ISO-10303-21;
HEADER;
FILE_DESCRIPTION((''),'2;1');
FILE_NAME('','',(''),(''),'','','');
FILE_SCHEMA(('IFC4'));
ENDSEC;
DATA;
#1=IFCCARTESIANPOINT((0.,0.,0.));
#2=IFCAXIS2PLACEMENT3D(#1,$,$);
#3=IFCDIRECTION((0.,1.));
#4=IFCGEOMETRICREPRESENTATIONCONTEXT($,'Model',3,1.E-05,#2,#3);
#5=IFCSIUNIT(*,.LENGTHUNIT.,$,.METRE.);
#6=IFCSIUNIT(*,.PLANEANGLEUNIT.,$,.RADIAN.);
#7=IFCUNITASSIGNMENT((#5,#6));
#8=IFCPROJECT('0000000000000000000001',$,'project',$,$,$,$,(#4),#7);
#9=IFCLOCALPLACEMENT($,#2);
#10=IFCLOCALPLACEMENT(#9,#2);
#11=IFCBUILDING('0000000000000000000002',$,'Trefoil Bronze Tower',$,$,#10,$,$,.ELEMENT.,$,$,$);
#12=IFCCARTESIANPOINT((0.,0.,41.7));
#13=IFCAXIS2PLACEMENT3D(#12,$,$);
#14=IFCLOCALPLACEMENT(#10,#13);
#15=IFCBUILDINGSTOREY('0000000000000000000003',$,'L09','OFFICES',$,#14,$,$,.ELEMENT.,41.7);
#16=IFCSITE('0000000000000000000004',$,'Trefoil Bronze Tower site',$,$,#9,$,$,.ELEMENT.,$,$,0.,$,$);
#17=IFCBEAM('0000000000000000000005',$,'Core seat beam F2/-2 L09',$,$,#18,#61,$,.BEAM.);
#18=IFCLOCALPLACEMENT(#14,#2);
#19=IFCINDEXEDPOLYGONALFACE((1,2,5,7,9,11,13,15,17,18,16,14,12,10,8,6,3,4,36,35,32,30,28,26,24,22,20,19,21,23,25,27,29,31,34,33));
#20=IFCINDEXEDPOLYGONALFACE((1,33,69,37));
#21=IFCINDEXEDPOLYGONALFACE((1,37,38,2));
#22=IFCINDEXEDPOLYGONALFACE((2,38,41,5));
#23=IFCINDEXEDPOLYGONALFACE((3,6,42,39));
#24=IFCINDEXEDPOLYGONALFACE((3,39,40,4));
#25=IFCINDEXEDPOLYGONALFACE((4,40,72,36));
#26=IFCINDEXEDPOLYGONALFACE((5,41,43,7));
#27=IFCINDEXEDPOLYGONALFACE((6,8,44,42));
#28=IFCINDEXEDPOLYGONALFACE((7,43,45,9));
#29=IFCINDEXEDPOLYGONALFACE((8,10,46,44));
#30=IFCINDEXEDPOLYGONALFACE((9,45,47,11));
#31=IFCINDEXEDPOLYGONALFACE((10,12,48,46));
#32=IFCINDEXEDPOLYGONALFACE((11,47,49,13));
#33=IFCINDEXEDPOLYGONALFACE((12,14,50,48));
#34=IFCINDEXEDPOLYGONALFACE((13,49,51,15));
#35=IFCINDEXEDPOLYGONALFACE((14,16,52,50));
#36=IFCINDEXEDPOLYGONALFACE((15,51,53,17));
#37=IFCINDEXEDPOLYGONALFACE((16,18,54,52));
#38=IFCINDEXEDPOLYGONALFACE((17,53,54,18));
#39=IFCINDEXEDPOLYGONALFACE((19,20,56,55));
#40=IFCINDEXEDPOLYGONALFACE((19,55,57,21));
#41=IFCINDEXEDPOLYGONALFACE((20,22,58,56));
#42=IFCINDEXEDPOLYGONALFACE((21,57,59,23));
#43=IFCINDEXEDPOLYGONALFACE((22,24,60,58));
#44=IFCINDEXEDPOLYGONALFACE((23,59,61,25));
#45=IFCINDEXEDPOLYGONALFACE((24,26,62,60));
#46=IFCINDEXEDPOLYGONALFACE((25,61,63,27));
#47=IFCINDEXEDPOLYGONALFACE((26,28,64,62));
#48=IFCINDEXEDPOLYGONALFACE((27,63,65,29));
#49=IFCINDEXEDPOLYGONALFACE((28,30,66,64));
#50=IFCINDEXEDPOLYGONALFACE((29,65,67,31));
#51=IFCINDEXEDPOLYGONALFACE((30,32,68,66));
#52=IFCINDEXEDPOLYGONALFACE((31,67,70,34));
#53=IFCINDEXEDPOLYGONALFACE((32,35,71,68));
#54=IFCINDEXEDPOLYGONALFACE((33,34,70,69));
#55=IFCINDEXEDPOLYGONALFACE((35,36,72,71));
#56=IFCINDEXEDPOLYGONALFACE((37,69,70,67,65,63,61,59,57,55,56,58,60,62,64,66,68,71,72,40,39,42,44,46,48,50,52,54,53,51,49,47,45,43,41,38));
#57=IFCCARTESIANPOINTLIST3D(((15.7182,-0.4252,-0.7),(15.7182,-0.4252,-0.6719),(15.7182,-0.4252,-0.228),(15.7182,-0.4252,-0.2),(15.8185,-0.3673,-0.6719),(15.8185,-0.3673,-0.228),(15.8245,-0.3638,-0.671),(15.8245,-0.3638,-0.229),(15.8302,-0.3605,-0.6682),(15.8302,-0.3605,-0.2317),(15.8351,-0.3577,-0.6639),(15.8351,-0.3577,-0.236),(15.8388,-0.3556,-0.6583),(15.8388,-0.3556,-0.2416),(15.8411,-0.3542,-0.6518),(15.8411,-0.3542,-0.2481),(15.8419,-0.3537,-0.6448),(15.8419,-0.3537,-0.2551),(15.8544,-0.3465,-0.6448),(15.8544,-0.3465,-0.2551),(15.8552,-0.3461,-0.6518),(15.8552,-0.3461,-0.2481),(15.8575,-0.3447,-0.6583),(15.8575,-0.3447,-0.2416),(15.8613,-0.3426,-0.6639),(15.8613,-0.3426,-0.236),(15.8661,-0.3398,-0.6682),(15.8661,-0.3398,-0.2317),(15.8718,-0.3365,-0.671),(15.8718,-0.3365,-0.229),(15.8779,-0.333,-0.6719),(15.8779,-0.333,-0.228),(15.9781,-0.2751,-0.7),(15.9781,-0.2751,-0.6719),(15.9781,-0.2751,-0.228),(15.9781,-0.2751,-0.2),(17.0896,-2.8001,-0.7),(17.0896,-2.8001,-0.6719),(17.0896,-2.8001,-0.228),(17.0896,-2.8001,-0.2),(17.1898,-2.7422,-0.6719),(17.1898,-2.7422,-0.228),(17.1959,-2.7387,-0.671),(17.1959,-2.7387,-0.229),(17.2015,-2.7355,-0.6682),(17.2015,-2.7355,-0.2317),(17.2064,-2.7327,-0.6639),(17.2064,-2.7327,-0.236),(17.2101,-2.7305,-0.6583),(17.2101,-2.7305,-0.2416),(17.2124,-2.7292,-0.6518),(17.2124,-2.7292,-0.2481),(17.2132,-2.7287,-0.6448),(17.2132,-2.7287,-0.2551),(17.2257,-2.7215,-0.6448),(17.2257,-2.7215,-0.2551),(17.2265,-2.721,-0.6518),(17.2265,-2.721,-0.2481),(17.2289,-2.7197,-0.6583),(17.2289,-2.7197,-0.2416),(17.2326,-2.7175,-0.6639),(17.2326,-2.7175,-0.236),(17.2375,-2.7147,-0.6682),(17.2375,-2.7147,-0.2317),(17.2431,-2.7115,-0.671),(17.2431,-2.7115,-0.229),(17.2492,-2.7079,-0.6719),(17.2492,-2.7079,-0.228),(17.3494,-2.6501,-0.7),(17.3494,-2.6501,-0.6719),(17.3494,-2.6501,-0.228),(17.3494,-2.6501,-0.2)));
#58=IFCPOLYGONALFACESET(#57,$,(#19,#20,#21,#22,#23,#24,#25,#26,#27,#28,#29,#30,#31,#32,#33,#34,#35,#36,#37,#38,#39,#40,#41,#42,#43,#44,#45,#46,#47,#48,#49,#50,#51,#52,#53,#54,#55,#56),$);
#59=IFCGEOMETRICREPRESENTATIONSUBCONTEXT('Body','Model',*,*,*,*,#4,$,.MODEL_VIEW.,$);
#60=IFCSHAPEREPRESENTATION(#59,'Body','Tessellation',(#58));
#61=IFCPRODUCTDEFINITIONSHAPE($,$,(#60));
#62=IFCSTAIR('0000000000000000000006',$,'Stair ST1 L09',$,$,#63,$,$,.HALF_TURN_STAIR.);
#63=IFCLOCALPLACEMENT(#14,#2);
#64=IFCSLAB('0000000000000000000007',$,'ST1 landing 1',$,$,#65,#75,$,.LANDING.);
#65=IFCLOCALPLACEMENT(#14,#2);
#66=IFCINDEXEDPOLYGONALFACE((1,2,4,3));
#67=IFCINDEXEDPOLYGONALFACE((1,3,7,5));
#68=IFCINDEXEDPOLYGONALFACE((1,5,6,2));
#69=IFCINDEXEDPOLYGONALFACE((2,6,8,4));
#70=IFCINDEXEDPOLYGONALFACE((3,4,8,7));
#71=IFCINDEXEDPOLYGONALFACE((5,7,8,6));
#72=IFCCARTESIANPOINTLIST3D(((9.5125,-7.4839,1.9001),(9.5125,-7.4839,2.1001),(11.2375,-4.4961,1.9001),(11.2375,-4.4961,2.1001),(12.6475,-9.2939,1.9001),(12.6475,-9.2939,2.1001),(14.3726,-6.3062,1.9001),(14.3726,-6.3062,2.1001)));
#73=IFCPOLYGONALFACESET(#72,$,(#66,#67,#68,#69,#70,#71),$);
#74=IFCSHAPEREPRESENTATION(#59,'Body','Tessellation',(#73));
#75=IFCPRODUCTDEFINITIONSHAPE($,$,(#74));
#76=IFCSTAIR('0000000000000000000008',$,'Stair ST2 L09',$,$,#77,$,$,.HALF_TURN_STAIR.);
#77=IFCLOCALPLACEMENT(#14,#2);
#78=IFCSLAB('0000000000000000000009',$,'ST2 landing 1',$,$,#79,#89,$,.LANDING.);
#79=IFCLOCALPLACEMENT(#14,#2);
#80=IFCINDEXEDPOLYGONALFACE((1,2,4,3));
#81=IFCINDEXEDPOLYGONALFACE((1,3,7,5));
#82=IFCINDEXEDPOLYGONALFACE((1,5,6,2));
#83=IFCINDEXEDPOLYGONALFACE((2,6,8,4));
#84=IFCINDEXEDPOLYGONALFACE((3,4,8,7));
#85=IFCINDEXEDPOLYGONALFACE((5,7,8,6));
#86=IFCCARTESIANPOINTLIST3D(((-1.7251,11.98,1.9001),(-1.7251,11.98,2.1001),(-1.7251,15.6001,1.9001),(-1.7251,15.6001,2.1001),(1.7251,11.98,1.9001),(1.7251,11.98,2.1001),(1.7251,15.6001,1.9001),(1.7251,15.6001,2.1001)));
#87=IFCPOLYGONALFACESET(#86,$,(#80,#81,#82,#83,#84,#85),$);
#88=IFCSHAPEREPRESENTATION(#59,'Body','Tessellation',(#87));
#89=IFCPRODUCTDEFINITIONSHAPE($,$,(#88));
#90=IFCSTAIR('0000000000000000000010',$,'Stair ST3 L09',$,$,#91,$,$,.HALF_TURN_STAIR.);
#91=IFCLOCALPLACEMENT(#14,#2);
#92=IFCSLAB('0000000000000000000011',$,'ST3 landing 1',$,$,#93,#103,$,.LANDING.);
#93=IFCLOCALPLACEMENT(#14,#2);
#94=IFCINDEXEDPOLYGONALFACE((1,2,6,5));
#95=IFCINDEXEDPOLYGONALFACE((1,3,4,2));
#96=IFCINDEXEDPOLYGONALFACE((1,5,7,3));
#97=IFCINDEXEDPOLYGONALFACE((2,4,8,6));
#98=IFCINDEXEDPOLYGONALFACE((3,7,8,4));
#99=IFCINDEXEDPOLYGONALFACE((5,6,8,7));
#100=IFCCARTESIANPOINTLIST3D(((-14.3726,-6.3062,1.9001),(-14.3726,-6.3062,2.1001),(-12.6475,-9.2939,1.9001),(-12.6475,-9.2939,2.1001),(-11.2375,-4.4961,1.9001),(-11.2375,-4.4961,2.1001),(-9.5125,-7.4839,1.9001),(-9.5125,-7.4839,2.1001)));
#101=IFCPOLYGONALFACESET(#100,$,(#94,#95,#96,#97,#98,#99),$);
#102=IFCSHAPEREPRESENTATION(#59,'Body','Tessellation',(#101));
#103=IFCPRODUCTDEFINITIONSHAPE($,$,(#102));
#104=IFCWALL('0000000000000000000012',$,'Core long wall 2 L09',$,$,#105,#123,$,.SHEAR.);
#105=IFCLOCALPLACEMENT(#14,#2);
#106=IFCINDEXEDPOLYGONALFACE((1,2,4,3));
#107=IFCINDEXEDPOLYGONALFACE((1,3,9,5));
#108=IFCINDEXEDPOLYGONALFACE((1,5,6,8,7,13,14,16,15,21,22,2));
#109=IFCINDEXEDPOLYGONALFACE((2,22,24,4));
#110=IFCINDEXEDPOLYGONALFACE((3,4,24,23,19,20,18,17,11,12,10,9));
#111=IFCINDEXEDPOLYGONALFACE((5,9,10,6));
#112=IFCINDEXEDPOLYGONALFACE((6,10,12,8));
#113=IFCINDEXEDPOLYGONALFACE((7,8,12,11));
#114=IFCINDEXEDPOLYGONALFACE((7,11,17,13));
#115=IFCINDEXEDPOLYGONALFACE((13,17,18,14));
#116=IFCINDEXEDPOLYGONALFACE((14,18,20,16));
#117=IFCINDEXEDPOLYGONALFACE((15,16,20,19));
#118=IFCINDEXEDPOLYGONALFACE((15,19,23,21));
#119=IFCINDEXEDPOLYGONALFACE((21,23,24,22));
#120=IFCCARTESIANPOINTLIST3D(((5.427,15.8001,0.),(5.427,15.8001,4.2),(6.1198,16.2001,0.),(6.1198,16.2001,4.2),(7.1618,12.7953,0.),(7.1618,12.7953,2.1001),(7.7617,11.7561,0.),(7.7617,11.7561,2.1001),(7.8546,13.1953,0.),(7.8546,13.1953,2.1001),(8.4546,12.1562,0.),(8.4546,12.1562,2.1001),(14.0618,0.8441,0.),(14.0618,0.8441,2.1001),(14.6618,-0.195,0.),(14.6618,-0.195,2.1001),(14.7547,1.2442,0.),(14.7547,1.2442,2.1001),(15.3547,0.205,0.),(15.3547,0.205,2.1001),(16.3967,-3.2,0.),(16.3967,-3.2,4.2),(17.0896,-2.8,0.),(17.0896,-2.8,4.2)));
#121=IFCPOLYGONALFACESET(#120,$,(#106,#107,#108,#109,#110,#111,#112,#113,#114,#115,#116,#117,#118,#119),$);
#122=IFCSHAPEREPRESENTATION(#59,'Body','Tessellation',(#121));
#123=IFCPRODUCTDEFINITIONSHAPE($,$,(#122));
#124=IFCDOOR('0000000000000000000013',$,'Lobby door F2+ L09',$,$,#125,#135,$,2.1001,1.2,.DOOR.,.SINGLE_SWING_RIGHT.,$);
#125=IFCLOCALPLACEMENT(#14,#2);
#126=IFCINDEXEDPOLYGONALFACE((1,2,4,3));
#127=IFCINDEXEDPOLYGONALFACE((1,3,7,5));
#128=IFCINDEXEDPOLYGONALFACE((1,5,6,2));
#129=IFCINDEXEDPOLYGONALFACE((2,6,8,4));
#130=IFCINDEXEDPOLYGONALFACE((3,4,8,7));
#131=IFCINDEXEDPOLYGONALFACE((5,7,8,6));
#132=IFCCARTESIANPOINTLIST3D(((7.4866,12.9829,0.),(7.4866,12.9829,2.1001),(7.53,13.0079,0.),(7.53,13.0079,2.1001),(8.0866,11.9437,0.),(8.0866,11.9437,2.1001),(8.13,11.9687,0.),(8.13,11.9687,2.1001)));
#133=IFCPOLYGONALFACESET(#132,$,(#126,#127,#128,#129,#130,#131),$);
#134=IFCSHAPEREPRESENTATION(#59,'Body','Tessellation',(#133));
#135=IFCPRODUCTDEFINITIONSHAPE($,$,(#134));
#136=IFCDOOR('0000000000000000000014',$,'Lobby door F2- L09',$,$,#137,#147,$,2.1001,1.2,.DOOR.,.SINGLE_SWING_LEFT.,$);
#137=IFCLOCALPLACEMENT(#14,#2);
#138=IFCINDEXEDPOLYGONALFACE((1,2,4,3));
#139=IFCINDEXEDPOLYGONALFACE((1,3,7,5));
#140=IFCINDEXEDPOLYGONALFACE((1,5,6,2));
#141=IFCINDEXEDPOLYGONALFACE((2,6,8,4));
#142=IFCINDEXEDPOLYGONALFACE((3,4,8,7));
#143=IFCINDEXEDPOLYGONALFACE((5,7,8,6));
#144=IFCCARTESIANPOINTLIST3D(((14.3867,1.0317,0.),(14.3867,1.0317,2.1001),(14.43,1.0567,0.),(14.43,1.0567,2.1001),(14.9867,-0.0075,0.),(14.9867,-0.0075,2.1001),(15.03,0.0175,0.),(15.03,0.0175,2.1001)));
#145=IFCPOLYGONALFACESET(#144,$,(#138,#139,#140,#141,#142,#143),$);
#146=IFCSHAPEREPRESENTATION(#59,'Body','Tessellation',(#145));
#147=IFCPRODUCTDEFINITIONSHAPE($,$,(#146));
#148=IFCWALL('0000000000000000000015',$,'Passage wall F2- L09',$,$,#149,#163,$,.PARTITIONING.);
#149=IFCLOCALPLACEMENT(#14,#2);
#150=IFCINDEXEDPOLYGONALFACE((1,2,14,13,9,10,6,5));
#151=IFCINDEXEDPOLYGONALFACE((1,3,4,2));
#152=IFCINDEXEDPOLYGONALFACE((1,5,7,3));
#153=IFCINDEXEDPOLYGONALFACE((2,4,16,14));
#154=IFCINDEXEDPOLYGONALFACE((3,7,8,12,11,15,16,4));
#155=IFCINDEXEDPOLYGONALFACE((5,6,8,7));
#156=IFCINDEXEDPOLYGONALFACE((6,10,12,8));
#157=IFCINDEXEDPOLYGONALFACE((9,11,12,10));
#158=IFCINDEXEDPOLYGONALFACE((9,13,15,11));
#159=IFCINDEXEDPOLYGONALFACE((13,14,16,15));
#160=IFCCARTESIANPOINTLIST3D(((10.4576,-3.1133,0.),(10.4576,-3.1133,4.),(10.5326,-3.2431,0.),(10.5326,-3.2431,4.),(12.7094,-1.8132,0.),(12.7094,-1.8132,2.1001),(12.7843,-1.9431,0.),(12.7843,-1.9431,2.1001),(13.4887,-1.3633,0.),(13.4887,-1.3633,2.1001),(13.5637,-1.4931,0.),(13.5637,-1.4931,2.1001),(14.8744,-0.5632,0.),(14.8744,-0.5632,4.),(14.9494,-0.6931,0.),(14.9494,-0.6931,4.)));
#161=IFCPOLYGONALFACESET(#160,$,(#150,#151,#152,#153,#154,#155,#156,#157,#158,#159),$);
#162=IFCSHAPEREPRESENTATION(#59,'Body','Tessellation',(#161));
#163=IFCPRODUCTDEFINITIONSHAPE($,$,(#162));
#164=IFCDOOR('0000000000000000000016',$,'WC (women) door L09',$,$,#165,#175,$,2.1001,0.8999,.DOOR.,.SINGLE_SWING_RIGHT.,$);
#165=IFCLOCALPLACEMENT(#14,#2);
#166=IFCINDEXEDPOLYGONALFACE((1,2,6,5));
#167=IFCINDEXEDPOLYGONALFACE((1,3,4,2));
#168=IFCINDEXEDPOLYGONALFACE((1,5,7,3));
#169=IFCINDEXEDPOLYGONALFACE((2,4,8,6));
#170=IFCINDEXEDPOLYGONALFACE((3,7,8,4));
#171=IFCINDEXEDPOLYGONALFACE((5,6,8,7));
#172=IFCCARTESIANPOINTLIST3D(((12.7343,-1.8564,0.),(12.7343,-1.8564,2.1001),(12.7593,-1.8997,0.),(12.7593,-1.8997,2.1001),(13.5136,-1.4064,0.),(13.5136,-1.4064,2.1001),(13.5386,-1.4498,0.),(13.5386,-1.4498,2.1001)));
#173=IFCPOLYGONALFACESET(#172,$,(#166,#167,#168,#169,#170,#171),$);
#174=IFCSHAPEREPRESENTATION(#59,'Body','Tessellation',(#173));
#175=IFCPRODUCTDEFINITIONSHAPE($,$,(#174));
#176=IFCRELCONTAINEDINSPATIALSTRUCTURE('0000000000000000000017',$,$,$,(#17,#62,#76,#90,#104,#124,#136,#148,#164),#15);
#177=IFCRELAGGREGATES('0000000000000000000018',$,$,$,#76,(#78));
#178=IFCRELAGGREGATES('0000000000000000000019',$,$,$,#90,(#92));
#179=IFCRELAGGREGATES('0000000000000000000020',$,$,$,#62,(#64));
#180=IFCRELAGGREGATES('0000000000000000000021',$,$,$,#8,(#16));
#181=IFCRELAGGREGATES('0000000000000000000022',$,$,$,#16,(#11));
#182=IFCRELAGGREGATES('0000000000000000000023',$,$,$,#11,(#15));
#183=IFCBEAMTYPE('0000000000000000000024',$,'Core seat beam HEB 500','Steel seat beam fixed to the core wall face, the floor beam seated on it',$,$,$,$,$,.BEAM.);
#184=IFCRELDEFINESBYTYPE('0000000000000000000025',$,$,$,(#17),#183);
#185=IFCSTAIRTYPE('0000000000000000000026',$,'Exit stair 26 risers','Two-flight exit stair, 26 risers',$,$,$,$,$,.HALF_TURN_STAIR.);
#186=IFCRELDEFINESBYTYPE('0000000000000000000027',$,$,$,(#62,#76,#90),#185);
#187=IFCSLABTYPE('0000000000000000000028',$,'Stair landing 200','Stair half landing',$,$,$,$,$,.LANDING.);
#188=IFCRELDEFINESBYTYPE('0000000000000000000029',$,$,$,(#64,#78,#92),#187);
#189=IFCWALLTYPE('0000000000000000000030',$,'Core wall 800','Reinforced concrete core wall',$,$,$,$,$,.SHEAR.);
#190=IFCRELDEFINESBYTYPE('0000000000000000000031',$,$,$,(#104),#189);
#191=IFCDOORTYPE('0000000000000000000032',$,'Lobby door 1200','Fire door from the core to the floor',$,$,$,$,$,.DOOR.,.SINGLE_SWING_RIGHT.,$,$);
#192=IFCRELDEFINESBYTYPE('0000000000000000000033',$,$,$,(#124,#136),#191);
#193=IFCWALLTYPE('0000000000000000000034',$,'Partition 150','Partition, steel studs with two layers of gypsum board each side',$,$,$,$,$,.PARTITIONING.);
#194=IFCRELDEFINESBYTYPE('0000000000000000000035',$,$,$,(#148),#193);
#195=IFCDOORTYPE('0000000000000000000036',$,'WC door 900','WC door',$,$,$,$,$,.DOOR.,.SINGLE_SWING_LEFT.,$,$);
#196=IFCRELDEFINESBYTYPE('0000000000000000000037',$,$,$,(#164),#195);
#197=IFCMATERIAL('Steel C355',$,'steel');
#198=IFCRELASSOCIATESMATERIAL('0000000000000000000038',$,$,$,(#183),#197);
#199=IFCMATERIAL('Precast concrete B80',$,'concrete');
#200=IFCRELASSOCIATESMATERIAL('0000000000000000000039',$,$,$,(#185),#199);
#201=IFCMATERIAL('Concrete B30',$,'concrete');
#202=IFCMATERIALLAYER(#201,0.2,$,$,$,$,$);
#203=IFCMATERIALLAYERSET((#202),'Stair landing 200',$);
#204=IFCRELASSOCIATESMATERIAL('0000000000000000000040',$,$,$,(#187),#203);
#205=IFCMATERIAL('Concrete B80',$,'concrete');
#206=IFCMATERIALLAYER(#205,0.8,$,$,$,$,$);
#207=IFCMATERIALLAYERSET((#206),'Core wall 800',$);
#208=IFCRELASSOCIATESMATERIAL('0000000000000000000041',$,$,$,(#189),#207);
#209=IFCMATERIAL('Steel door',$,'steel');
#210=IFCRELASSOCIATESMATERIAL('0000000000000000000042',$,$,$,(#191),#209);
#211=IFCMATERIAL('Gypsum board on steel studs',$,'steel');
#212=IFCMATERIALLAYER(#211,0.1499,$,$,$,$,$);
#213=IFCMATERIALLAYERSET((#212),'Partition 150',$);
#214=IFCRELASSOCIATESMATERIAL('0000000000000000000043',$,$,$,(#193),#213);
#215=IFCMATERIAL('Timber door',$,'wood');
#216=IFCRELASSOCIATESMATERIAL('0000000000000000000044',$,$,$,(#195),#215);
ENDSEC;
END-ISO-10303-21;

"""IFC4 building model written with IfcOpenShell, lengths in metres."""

from ifc_helpers import new_model, si_unit, direction, frame, frame_2d, origin, origin_2d, place, context, subcontext, project, spatial, polyline, rectangle, i_section, outline, extrude, material, layer, layer_set, material_profile, profile_set, type_object, element, fill, aggregate, save


model = new_model("IFC4")

# Units and contexts
model_context = context("Model", 3, precision=1e-05, world=origin(), true_north=direction((0.0, 1.0)))
body_context = subcontext(model_context, "Body", "Model", "MODEL_VIEW")
ifc_project = project(units=[si_unit("LENGTHUNIT", "METRE"), si_unit("PLANEANGLEUNIT", "RADIAN")], contexts=[model_context])

# Site, building, storey
site_placement = place(None, origin())
site = spatial("IfcSite", under=ifc_project, at=site_placement, Name="Trefoil Bronze Tower site", CompositionType="ELEMENT", RefElevation=0.0)
building_placement = place(site_placement, origin())
building = spatial("IfcBuilding", under=site, at=building_placement, Name="Trefoil Bronze Tower", CompositionType="ELEMENT")
storey_placement = place(building_placement, frame((0.0, 0.0, 41.7)))
storey = spatial("IfcBuildingStorey", under=building, at=storey_placement, Name="L09", Description="OFFICES", CompositionType="ELEMENT", Elevation=41.7)

# Beam
ifc_material_1 = material(Name="Steel C355", Category="steel")
ifc_material_profile = material_profile(ifc_material_1, i_section(OverallWidth=0.3, OverallDepth=0.5, WebThickness=0.0144, FlangeThickness=0.0281, FilletRadius=0.0271, at=origin_2d()), Name="HEB 500")
ifc_profile_set = profile_set([ifc_material_profile], Name="Steel C355")
beam_type = type_object("IfcBeamType", Name="Core seat beam HEB 500", Description="Steel seat beam fixed to the core wall face, the floor beam seated on it", PredefinedType="BEAM", material=ifc_profile_set)
beam_placement = place(storey_placement, frame((17.2195, -2.7251, -0.45), z_axis=(-0.500036, 0.866005, 0.0), x_axis=(-0.866005, -0.500036, 0.0)))
element("IfcBeam", 1, at=beam_placement, inside=storey, type_object=beam_type, Name="Core seat beam F2/-2 L09", PredefinedType="BEAM", context=body_context, shape_type="SweptSolid", body=[
    extrude(i_section(OverallWidth=0.3, OverallDepth=0.5, WebThickness=0.0144, FlangeThickness=0.0281, FilletRadius=0.0271, at=origin_2d()), origin(), (0.0, 0.0, 1.0), 2.7424),
])

# Stairs, slabs
ifc_material_2 = material(Name="Precast concrete B80", Category="concrete")
stair_type = type_object("IfcStairType", Name="Exit stair 26 risers", Description="Two-flight exit stair, 26 risers", PredefinedType="HALF_TURN_STAIR", material=ifc_material_2)
stair_1_placement = place(storey_placement, origin())
stair_1 = element("IfcStair", 2, at=stair_1_placement, inside=storey, type_object=stair_type, Name="Stair ST1 L09", PredefinedType="HALF_TURN_STAIR")
ifc_material_3 = material(Name="Concrete B30", Category="concrete")
ifc_layer_1 = layer(ifc_material_3, 0.2)
ifc_layer_set_1 = layer_set([ifc_layer_1], Name="Stair landing 200")
slab_type = type_object("IfcSlabType", Name="Stair landing 200", Description="Stair half landing", PredefinedType="LANDING", material=ifc_layer_set_1)
slab_1_placement = place(storey_placement, frame((0.0, 0.0, 1.9001)))
slab_1 = element("IfcSlab", 3, at=slab_1_placement, type_object=slab_type, Name="ST1 landing 1", PredefinedType="LANDING", context=body_context, shape_type="SweptSolid", body=[
    extrude(outline(polyline([(9.5125, -7.4839), (12.6475, -9.2939), (14.3726, -6.3062), (11.2375, -4.4961), (9.5125, -7.4839)])), origin(), (0.0, 0.0, 1.0), 0.2),
])
stair_2_placement = place(storey_placement, origin())
stair_2 = element("IfcStair", 4, at=stair_2_placement, inside=storey, type_object=stair_type, Name="Stair ST2 L09", PredefinedType="HALF_TURN_STAIR")
slab_2_placement = place(storey_placement, frame((0.0, 0.0, 1.9001)))
slab_2 = element("IfcSlab", 5, at=slab_2_placement, type_object=slab_type, Name="ST2 landing 1", PredefinedType="LANDING", context=body_context, shape_type="SweptSolid", body=[
    extrude(outline(polyline([(1.7251, 11.98), (1.7251, 15.6001), (-1.7251, 15.6001), (-1.7251, 11.98), (1.7251, 11.98)])), origin(), (0.0, 0.0, 1.0), 0.2),
])
aggregate(stair_2, [slab_2])
stair_3_placement = place(storey_placement, origin())
stair_3 = element("IfcStair", 6, at=stair_3_placement, inside=storey, type_object=stair_type, Name="Stair ST3 L09", PredefinedType="HALF_TURN_STAIR")
slab_3_placement = place(storey_placement, frame((0.0, 0.0, 1.9001)))
slab_3 = element("IfcSlab", 7, at=slab_3_placement, type_object=slab_type, Name="ST3 landing 1", PredefinedType="LANDING", context=body_context, shape_type="SweptSolid", body=[
    extrude(outline(polyline([(-11.2375, -4.4961), (-14.3726, -6.3062), (-12.6475, -9.2939), (-9.5125, -7.4839), (-11.2375, -4.4961)])), origin(), (0.0, 0.0, 1.0), 0.2),
])
aggregate(stair_3, [slab_3])

# Wall, openings, doors
ifc_material_4 = material(Name="Concrete B80", Category="concrete")
ifc_layer_2 = layer(ifc_material_4, 0.8)
ifc_layer_set_2 = layer_set([ifc_layer_2], Name="Core wall 800")
wall_type_1 = type_object("IfcWallType", Name="Core wall 800", Description="Reinforced concrete core wall", PredefinedType="SHEAR", material=ifc_layer_set_2)
wall_1_placement = place(storey_placement, frame((16.7432, -3.0, 0.0), z_axis=(0.0, 0.0, 1.0), x_axis=(-0.500002, 0.866024, 0.0)))
wall_1 = element("IfcWall", 8, at=wall_1_placement, inside=storey, type_object=wall_type_1, Name="Core long wall 2 L09", PredefinedType="SHEAR", context=body_context, shape_type="SweptSolid", body=[
    extrude(rectangle(XDim=21.9395, YDim=0.8, at=frame_2d((10.9697, 0.0))), origin(), (0.0, 0.0, 1.0), 4.2),
])
opening_1_placement = place(wall_1_placement, frame((17.2698, 0.0, 0.0)))
opening_1 = element("IfcOpeningElement", 9, at=opening_1_placement, cuts=wall_1, PredefinedType="OPENING", context=body_context, shape_type="SweptSolid", body=[
    extrude(rectangle(XDim=1.2, YDim=2.1001, at=frame_2d((0.6001, 1.05))), frame((0.0, 0.4099, 0.0), z_axis=(0.0, -1.0, 0.0), x_axis=(1.0, 0.0, 0.0)), (0.0, 0.0, 1.0), 0.8201),
])
opening_2_placement = place(wall_1_placement, frame((3.4697, 0.0, 0.0)))
opening_2 = element("IfcOpeningElement", 10, at=opening_2_placement, cuts=wall_1, PredefinedType="OPENING", context=body_context, shape_type="SweptSolid", body=[
    extrude(rectangle(XDim=1.2, YDim=2.1001, at=frame_2d((0.6001, 1.05))), frame((0.0, 0.4099, 0.0), z_axis=(0.0, -1.0, 0.0), x_axis=(1.0, 0.0, 0.0)), (0.0, 0.0, 1.0), 0.8201),
])
ifc_material_5 = material(Name="Steel door", Category="steel")
door_type_1 = type_object("IfcDoorType", Name="Lobby door 1200", Description="Fire door from the core to the floor", OperationType="SINGLE_SWING_RIGHT", PredefinedType="DOOR", material=ifc_material_5)
door_1_placement = place(opening_1_placement, origin())
door_1 = element("IfcDoor", 11, at=door_1_placement, inside=storey, type_object=door_type_1, Name="Lobby door F2+ L09", OperationType="SINGLE_SWING_RIGHT", OverallHeight=2.1001, OverallWidth=1.2, PredefinedType="DOOR", context=body_context, shape_type="SweptSolid", body=[
    extrude(rectangle(XDim=1.2, YDim=2.1001, at=frame_2d((0.6001, 1.05))), frame((0.0, 0.0249, 0.0), z_axis=(0.0, -1.0, 0.0), x_axis=(1.0, 0.0, 0.0)), (0.0, 0.0, 1.0), 0.05),
])
fill(opening_1, door_1)
door_2_placement = place(opening_2_placement, origin())
door_2 = element("IfcDoor", 12, at=door_2_placement, inside=storey, type_object=door_type_1, Name="Lobby door F2- L09", OperationType="SINGLE_SWING_LEFT", OverallHeight=2.1001, OverallWidth=1.2, PredefinedType="DOOR", context=body_context, shape_type="SweptSolid", body=[
    extrude(rectangle(XDim=1.2, YDim=2.1001, at=frame_2d((0.6001, 1.05))), frame((0.0, 0.0249, 0.0), z_axis=(0.0, -1.0, 0.0), x_axis=(1.0, 0.0, 0.0)), (0.0, 0.0, 1.0), 0.05),
])
fill(opening_2, door_2)

# Wall, opening, door
ifc_material_6 = material(Name="Gypsum board on steel studs", Category="steel")
ifc_layer_3 = layer(ifc_material_6, 0.1499)
ifc_layer_set_3 = layer_set([ifc_layer_3], Name="Partition 150")
wall_type_2 = type_object("IfcWallType", Name="Partition 150", Description="Partition, steel studs with two layers of gypsum board each side", PredefinedType="PARTITIONING", material=ifc_layer_set_3)
wall_2_placement = place(storey_placement, frame((10.4951, -3.1782, 0.0), z_axis=(0.0, 0.0, 1.0), x_axis=(0.866022, 0.500006, 0.0)))
wall_2 = element("IfcWall", 13, at=wall_2_placement, inside=storey, type_object=wall_type_2, Name="Passage wall F2- L09", PredefinedType="PARTITIONING", context=body_context, shape_type="SweptSolid", body=[
    extrude(rectangle(XDim=5.1001, YDim=0.1499, at=frame_2d((2.55, 0.0))), origin(), (0.0, 0.0, 1.0), 4.0),
])
opening_3_placement = place(wall_2_placement, frame((2.6001, 0.0, 0.0)))
opening_3 = element("IfcOpeningElement", 14, at=opening_3_placement, cuts=wall_2, PredefinedType="OPENING", context=body_context, shape_type="SweptSolid", body=[
    extrude(rectangle(XDim=0.8999, YDim=2.1001, at=frame_2d((0.45, 1.05))), frame((0.0, 0.085, 0.0), z_axis=(0.0, -1.0, 0.0), x_axis=(1.0, 0.0, 0.0)), (0.0, 0.0, 1.0), 0.1699),
])
ifc_material_7 = material(Name="Timber door", Category="wood")
door_type_2 = type_object("IfcDoorType", Name="WC door 900", Description="WC door", OperationType="SINGLE_SWING_LEFT", PredefinedType="DOOR", material=ifc_material_7)
door_3_placement = place(opening_3_placement, frame((0.8999, 0.0, 0.0), z_axis=(0.0, 0.0, 1.0), x_axis=(-1.0, 0.0, 0.0)))
door_3 = element("IfcDoor", 15, at=door_3_placement, inside=storey, type_object=door_type_2, Name="WC (women) door L09", OperationType="SINGLE_SWING_RIGHT", OverallHeight=2.1001, OverallWidth=0.8999, PredefinedType="DOOR", context=body_context, shape_type="SweptSolid", body=[
    extrude(rectangle(XDim=0.8999, YDim=2.1001, at=frame_2d((0.45, 1.05))), frame((0.0, 0.0249, 0.0), z_axis=(0.0, -1.0, 0.0), x_axis=(1.0, 0.0, 0.0)), (0.0, 0.0, 1.0), 0.05),
])
fill(opening_3, door_3)

aggregate(stair_1, [slab_1])

save(model, "model.ifc")
